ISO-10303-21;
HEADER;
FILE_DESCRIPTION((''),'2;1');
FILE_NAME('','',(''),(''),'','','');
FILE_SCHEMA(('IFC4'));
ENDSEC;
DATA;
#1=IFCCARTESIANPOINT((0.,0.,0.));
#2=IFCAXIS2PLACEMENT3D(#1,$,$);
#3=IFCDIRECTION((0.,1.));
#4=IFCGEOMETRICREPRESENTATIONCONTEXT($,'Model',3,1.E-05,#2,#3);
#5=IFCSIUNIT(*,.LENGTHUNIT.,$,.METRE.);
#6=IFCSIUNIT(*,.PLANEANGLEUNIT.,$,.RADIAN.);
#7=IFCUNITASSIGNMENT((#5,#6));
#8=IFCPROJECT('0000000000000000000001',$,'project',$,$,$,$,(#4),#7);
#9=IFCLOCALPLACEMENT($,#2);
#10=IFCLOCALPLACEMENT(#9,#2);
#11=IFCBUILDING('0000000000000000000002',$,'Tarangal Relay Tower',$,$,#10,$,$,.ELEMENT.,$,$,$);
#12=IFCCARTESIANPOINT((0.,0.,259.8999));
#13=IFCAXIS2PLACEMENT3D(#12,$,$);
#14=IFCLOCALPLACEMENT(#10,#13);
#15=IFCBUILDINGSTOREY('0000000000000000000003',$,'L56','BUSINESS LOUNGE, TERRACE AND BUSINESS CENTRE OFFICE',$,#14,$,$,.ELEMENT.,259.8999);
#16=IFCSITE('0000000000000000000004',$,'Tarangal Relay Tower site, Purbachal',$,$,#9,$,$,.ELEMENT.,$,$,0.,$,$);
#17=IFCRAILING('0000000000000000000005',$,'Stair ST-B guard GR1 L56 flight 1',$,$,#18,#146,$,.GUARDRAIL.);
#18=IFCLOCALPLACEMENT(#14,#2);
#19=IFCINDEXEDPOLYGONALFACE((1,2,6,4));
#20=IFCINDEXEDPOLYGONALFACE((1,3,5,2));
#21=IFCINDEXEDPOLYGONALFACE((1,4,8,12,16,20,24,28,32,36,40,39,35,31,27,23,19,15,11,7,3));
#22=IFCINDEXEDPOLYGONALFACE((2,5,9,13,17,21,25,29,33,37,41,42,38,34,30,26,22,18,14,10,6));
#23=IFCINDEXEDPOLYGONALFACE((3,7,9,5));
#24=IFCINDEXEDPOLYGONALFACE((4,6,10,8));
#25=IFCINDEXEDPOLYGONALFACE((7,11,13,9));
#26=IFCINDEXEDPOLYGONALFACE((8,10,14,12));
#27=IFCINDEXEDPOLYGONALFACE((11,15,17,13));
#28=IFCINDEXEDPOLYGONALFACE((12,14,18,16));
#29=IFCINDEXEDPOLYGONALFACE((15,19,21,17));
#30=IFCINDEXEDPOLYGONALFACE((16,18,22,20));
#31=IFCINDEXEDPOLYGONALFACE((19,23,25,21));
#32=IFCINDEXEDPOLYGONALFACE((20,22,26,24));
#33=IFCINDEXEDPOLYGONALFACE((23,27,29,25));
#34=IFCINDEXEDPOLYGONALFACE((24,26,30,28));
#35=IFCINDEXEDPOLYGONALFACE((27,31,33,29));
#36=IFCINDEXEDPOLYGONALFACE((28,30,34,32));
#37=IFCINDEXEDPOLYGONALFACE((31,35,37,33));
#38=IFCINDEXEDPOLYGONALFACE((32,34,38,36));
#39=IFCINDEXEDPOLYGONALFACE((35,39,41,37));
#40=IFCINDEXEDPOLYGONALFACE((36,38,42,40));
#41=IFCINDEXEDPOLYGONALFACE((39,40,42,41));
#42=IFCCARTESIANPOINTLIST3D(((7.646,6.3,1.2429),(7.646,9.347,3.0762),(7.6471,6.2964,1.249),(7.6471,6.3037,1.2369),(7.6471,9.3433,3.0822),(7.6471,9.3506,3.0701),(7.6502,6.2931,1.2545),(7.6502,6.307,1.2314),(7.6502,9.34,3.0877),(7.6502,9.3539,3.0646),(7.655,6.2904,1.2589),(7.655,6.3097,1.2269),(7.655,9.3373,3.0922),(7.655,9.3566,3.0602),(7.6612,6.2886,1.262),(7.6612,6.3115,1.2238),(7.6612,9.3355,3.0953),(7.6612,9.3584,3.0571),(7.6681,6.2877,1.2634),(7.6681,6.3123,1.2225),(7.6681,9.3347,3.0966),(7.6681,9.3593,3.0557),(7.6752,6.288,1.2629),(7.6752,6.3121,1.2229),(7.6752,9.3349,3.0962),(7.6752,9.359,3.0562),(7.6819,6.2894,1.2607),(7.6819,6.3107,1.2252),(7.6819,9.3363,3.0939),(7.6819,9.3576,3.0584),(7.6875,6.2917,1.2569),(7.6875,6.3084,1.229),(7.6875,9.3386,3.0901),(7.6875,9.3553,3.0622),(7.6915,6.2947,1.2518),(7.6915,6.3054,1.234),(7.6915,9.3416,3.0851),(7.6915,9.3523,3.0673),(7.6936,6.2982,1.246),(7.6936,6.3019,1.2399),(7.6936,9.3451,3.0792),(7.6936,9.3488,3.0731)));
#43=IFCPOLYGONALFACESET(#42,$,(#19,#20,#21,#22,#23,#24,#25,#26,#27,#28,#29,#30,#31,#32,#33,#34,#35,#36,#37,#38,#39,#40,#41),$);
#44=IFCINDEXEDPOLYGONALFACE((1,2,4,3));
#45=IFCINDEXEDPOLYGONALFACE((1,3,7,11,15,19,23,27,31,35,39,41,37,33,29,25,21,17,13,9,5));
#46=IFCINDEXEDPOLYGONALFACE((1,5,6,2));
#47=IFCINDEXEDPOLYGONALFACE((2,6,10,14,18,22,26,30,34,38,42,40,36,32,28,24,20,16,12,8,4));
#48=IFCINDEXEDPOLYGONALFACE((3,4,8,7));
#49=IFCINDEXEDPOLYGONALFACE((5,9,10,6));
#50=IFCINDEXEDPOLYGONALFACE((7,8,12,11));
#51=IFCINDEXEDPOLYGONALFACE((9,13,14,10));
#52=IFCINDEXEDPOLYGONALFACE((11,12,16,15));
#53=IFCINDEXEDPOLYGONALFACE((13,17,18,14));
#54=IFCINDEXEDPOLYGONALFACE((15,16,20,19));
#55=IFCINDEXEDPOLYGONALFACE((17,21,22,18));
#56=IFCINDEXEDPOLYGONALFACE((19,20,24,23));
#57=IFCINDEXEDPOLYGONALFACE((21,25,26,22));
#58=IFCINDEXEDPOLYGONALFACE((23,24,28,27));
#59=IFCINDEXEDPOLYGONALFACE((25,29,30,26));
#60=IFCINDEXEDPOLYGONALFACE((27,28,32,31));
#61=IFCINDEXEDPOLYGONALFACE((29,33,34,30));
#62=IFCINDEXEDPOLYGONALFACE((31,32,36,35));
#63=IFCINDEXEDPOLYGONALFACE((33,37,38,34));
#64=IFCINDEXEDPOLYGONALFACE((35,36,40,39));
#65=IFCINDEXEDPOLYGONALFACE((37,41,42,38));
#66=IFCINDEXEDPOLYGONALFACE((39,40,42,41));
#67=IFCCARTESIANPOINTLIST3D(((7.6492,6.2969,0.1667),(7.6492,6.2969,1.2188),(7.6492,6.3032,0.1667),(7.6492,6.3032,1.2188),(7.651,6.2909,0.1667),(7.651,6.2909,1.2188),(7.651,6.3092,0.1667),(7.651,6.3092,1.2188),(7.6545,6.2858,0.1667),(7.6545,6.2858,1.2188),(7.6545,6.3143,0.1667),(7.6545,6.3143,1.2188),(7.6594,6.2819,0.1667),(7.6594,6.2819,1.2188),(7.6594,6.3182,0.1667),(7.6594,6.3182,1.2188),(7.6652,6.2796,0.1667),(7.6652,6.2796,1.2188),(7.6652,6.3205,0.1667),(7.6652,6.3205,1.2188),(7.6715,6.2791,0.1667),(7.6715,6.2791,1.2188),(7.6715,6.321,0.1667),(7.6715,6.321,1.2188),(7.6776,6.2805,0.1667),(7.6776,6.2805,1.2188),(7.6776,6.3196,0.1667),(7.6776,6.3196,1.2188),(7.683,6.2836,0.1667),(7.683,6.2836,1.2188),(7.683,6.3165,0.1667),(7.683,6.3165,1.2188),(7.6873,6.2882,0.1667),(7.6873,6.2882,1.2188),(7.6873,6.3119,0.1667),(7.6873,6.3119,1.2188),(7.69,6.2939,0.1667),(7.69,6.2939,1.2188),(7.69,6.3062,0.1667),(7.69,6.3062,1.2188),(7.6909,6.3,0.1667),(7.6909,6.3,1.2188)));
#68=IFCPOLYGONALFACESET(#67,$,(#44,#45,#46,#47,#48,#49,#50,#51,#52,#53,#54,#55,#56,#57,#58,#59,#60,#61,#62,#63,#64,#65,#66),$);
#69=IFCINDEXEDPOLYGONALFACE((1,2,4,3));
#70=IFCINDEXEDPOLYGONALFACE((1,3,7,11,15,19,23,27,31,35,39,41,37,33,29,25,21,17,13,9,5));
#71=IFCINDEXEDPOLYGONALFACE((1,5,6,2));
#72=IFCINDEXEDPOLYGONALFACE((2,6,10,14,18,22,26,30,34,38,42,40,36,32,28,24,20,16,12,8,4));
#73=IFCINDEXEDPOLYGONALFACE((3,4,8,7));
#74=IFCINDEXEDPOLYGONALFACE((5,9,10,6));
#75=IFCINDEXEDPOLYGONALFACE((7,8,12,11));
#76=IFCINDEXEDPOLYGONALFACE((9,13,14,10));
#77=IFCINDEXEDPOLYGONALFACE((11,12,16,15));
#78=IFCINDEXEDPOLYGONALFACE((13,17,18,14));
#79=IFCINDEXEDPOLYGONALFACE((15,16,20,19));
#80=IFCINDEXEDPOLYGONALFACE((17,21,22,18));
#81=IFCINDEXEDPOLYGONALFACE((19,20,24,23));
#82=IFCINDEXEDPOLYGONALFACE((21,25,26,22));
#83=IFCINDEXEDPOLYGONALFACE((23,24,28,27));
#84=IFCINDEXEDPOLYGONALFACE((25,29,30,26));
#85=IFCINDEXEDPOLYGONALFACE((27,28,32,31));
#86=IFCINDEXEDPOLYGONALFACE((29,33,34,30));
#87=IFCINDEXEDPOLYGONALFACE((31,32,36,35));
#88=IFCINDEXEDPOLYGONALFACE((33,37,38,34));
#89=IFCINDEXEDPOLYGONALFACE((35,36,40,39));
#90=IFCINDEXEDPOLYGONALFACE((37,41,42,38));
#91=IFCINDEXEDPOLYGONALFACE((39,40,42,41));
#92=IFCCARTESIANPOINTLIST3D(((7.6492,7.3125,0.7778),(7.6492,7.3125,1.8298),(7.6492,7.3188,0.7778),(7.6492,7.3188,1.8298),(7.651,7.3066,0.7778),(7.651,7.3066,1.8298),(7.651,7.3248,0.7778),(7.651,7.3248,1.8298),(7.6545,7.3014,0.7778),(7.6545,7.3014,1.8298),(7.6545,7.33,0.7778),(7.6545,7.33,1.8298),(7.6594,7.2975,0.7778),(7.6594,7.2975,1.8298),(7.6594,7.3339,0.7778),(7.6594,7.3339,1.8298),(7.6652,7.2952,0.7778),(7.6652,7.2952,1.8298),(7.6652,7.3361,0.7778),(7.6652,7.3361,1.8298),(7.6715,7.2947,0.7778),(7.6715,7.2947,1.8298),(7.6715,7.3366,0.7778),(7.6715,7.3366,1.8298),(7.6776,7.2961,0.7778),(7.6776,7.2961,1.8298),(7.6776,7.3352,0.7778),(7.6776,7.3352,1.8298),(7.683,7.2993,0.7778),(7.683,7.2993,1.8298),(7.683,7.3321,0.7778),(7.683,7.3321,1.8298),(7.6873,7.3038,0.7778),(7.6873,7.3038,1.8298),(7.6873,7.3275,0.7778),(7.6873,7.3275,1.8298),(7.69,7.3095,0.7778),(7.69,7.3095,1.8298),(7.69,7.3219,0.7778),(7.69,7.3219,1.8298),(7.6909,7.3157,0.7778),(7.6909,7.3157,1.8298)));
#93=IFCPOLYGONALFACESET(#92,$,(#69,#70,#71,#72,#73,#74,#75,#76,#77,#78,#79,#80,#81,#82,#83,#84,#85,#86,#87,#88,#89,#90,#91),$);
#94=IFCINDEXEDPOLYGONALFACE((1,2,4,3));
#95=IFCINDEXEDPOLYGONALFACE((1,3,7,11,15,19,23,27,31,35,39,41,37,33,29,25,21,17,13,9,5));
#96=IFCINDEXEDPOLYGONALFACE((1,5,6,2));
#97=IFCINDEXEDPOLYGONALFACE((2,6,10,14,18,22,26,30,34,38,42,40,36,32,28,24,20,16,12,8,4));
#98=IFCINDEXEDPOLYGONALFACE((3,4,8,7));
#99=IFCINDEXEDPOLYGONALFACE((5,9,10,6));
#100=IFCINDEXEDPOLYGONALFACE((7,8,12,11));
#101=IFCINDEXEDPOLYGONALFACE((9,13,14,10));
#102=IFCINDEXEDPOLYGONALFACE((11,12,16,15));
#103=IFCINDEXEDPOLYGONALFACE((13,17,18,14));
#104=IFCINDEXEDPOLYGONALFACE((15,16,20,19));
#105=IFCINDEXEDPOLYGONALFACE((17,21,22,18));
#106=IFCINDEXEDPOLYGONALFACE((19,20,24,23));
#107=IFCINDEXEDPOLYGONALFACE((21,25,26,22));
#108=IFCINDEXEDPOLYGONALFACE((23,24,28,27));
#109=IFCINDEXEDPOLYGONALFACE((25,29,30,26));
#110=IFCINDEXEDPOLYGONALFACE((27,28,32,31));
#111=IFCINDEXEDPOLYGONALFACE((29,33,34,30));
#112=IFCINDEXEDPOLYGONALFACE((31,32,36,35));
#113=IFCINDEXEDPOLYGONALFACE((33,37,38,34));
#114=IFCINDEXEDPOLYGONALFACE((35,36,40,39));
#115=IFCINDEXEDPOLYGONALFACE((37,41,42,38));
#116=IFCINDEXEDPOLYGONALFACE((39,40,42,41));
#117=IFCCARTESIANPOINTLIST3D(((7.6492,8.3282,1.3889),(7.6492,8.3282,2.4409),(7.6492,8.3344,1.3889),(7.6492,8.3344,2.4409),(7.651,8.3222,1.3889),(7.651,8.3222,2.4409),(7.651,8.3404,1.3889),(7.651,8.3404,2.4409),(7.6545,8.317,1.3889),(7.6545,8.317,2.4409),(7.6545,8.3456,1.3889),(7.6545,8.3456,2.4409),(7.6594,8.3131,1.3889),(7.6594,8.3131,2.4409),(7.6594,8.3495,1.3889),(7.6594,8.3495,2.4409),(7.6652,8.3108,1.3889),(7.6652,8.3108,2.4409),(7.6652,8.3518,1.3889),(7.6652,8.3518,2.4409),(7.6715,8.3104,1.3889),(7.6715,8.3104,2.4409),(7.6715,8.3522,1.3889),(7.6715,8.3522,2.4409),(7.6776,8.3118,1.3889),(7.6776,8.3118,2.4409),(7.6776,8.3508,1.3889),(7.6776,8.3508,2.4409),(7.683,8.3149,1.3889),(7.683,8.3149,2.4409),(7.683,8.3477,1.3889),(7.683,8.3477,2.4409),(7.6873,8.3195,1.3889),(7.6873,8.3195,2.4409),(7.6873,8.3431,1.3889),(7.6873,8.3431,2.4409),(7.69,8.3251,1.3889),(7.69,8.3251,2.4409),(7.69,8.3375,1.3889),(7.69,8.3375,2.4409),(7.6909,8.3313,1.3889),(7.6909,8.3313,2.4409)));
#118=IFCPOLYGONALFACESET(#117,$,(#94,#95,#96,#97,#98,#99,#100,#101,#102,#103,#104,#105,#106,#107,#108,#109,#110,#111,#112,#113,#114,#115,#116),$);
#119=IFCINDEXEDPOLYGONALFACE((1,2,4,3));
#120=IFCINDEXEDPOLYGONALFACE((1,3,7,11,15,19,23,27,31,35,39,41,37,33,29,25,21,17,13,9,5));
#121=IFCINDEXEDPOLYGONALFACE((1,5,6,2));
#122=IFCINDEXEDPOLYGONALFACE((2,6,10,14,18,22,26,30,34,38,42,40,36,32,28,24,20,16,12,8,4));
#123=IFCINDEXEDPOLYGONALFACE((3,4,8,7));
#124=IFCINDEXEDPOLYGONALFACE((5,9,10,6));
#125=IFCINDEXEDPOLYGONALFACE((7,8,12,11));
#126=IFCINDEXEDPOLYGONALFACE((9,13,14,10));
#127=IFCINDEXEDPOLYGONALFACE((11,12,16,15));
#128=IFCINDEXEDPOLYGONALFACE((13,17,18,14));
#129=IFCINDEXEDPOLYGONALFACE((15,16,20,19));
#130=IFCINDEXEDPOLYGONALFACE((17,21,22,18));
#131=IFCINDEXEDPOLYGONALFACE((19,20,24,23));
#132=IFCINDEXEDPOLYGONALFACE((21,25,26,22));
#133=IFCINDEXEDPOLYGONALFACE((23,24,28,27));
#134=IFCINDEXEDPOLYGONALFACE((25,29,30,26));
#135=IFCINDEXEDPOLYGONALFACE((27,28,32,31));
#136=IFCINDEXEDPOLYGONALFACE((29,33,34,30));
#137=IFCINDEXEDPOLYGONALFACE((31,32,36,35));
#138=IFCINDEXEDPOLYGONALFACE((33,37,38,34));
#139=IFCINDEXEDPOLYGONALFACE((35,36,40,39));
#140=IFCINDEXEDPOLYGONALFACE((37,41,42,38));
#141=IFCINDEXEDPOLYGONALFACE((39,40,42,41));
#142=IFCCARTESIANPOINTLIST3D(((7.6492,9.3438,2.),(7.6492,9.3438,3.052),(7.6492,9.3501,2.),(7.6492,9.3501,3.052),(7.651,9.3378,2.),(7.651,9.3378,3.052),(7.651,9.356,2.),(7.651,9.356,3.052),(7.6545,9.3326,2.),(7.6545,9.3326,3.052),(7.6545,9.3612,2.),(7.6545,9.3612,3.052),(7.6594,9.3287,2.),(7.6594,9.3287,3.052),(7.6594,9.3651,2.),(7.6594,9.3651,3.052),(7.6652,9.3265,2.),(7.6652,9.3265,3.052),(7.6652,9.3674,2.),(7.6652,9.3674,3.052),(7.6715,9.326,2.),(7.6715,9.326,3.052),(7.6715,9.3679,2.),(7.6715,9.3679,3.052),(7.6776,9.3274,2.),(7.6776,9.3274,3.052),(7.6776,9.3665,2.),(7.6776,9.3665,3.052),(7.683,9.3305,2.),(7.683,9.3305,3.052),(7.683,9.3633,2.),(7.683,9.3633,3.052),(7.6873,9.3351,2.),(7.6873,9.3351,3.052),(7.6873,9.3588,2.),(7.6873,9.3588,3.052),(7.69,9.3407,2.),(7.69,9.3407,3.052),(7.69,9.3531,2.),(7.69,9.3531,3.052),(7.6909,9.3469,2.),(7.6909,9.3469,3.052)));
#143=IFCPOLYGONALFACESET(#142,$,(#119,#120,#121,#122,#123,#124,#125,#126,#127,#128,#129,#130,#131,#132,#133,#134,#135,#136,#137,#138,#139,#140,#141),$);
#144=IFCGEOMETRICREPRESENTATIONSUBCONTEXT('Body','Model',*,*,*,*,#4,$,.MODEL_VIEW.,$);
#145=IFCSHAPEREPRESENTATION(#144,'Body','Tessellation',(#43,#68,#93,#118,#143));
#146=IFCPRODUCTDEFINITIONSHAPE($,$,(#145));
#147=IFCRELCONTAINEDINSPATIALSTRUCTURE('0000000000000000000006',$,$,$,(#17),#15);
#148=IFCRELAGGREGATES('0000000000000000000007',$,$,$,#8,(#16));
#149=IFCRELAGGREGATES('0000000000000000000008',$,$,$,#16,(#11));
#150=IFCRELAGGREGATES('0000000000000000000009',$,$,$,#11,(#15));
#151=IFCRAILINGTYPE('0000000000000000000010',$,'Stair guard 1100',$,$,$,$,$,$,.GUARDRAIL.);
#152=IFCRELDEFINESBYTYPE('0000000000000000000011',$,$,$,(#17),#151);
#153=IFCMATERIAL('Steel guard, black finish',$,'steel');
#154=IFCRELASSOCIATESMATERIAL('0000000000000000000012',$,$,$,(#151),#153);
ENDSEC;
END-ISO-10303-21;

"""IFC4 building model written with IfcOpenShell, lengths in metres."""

from ifc_helpers import new_model, si_unit, direction, frame, origin, origin_2d, place, context, subcontext, project, spatial, circle, extrude, material, type_object, element, save


model = new_model("IFC4")

# Units and contexts
model_context = context("Model", 3, precision=1e-05, world=origin(), true_north=direction((0.0, 1.0)))
body_context = subcontext(model_context, "Body", "Model", "MODEL_VIEW")
ifc_project = project(units=[si_unit("LENGTHUNIT", "METRE"), si_unit("PLANEANGLEUNIT", "RADIAN")], contexts=[model_context])

# Site, building, storey
site_placement = place(None, origin())
site = spatial("IfcSite", under=ifc_project, at=site_placement, Name="Tarangal Relay Tower site, Purbachal", CompositionType="ELEMENT", RefElevation=0.0)
building_placement = place(site_placement, origin())
building = spatial("IfcBuilding", under=site, at=building_placement, Name="Tarangal Relay Tower", CompositionType="ELEMENT")
storey_placement = place(building_placement, frame((0.0, 0.0, 259.8999)))
storey = spatial("IfcBuildingStorey", under=building, at=storey_placement, Name="L56", Description="BUSINESS LOUNGE, TERRACE AND BUSINESS CENTRE OFFICE", CompositionType="ELEMENT", Elevation=259.8999)

# Railing
ifc_material_1 = material(Name="Steel guard, black finish", Category="steel")
railing_type_1 = type_object("IfcRailingType", Name="Stair guard 1100", PredefinedType="GUARDRAIL", material=ifc_material_1)
railing_1_placement = place(storey_placement, frame((7.6699, 6.3, 0.1667)))
element("IfcRailing", 1, at=railing_1_placement, inside=storey, type_object=railing_type_1, Name="Stair ST-B guard GR1 L56 flight 1", PredefinedType="GUARDRAIL", context=body_context, shape_type="SweptSolid", body=[
    extrude(circle(Radius=0.0239, at=origin_2d()), frame((0.0, 0.0, 1.0762), z_axis=(0.0, 0.856856, 0.515556), x_axis=(-1.0, 0.0, 0.0)), (0.0, 0.0, 1.0), 3.5559),
    extrude(circle(Radius=0.021, at=origin_2d()), origin(), (0.0, 0.0, 1.0), 1.052),
    extrude(circle(Radius=0.021, at=origin_2d()), frame((0.0, 1.0156, 0.6111)), (0.0, 0.0, 1.0), 1.052),
    extrude(circle(Radius=0.021, at=origin_2d()), frame((0.0, 2.0312, 1.2222)), (0.0, 0.0, 1.0), 1.052),
    extrude(circle(Radius=0.021, at=origin_2d()), frame((0.0, 3.0469, 1.8333)), (0.0, 0.0, 1.0), 1.052),
])

save(model, "model.ifc")
